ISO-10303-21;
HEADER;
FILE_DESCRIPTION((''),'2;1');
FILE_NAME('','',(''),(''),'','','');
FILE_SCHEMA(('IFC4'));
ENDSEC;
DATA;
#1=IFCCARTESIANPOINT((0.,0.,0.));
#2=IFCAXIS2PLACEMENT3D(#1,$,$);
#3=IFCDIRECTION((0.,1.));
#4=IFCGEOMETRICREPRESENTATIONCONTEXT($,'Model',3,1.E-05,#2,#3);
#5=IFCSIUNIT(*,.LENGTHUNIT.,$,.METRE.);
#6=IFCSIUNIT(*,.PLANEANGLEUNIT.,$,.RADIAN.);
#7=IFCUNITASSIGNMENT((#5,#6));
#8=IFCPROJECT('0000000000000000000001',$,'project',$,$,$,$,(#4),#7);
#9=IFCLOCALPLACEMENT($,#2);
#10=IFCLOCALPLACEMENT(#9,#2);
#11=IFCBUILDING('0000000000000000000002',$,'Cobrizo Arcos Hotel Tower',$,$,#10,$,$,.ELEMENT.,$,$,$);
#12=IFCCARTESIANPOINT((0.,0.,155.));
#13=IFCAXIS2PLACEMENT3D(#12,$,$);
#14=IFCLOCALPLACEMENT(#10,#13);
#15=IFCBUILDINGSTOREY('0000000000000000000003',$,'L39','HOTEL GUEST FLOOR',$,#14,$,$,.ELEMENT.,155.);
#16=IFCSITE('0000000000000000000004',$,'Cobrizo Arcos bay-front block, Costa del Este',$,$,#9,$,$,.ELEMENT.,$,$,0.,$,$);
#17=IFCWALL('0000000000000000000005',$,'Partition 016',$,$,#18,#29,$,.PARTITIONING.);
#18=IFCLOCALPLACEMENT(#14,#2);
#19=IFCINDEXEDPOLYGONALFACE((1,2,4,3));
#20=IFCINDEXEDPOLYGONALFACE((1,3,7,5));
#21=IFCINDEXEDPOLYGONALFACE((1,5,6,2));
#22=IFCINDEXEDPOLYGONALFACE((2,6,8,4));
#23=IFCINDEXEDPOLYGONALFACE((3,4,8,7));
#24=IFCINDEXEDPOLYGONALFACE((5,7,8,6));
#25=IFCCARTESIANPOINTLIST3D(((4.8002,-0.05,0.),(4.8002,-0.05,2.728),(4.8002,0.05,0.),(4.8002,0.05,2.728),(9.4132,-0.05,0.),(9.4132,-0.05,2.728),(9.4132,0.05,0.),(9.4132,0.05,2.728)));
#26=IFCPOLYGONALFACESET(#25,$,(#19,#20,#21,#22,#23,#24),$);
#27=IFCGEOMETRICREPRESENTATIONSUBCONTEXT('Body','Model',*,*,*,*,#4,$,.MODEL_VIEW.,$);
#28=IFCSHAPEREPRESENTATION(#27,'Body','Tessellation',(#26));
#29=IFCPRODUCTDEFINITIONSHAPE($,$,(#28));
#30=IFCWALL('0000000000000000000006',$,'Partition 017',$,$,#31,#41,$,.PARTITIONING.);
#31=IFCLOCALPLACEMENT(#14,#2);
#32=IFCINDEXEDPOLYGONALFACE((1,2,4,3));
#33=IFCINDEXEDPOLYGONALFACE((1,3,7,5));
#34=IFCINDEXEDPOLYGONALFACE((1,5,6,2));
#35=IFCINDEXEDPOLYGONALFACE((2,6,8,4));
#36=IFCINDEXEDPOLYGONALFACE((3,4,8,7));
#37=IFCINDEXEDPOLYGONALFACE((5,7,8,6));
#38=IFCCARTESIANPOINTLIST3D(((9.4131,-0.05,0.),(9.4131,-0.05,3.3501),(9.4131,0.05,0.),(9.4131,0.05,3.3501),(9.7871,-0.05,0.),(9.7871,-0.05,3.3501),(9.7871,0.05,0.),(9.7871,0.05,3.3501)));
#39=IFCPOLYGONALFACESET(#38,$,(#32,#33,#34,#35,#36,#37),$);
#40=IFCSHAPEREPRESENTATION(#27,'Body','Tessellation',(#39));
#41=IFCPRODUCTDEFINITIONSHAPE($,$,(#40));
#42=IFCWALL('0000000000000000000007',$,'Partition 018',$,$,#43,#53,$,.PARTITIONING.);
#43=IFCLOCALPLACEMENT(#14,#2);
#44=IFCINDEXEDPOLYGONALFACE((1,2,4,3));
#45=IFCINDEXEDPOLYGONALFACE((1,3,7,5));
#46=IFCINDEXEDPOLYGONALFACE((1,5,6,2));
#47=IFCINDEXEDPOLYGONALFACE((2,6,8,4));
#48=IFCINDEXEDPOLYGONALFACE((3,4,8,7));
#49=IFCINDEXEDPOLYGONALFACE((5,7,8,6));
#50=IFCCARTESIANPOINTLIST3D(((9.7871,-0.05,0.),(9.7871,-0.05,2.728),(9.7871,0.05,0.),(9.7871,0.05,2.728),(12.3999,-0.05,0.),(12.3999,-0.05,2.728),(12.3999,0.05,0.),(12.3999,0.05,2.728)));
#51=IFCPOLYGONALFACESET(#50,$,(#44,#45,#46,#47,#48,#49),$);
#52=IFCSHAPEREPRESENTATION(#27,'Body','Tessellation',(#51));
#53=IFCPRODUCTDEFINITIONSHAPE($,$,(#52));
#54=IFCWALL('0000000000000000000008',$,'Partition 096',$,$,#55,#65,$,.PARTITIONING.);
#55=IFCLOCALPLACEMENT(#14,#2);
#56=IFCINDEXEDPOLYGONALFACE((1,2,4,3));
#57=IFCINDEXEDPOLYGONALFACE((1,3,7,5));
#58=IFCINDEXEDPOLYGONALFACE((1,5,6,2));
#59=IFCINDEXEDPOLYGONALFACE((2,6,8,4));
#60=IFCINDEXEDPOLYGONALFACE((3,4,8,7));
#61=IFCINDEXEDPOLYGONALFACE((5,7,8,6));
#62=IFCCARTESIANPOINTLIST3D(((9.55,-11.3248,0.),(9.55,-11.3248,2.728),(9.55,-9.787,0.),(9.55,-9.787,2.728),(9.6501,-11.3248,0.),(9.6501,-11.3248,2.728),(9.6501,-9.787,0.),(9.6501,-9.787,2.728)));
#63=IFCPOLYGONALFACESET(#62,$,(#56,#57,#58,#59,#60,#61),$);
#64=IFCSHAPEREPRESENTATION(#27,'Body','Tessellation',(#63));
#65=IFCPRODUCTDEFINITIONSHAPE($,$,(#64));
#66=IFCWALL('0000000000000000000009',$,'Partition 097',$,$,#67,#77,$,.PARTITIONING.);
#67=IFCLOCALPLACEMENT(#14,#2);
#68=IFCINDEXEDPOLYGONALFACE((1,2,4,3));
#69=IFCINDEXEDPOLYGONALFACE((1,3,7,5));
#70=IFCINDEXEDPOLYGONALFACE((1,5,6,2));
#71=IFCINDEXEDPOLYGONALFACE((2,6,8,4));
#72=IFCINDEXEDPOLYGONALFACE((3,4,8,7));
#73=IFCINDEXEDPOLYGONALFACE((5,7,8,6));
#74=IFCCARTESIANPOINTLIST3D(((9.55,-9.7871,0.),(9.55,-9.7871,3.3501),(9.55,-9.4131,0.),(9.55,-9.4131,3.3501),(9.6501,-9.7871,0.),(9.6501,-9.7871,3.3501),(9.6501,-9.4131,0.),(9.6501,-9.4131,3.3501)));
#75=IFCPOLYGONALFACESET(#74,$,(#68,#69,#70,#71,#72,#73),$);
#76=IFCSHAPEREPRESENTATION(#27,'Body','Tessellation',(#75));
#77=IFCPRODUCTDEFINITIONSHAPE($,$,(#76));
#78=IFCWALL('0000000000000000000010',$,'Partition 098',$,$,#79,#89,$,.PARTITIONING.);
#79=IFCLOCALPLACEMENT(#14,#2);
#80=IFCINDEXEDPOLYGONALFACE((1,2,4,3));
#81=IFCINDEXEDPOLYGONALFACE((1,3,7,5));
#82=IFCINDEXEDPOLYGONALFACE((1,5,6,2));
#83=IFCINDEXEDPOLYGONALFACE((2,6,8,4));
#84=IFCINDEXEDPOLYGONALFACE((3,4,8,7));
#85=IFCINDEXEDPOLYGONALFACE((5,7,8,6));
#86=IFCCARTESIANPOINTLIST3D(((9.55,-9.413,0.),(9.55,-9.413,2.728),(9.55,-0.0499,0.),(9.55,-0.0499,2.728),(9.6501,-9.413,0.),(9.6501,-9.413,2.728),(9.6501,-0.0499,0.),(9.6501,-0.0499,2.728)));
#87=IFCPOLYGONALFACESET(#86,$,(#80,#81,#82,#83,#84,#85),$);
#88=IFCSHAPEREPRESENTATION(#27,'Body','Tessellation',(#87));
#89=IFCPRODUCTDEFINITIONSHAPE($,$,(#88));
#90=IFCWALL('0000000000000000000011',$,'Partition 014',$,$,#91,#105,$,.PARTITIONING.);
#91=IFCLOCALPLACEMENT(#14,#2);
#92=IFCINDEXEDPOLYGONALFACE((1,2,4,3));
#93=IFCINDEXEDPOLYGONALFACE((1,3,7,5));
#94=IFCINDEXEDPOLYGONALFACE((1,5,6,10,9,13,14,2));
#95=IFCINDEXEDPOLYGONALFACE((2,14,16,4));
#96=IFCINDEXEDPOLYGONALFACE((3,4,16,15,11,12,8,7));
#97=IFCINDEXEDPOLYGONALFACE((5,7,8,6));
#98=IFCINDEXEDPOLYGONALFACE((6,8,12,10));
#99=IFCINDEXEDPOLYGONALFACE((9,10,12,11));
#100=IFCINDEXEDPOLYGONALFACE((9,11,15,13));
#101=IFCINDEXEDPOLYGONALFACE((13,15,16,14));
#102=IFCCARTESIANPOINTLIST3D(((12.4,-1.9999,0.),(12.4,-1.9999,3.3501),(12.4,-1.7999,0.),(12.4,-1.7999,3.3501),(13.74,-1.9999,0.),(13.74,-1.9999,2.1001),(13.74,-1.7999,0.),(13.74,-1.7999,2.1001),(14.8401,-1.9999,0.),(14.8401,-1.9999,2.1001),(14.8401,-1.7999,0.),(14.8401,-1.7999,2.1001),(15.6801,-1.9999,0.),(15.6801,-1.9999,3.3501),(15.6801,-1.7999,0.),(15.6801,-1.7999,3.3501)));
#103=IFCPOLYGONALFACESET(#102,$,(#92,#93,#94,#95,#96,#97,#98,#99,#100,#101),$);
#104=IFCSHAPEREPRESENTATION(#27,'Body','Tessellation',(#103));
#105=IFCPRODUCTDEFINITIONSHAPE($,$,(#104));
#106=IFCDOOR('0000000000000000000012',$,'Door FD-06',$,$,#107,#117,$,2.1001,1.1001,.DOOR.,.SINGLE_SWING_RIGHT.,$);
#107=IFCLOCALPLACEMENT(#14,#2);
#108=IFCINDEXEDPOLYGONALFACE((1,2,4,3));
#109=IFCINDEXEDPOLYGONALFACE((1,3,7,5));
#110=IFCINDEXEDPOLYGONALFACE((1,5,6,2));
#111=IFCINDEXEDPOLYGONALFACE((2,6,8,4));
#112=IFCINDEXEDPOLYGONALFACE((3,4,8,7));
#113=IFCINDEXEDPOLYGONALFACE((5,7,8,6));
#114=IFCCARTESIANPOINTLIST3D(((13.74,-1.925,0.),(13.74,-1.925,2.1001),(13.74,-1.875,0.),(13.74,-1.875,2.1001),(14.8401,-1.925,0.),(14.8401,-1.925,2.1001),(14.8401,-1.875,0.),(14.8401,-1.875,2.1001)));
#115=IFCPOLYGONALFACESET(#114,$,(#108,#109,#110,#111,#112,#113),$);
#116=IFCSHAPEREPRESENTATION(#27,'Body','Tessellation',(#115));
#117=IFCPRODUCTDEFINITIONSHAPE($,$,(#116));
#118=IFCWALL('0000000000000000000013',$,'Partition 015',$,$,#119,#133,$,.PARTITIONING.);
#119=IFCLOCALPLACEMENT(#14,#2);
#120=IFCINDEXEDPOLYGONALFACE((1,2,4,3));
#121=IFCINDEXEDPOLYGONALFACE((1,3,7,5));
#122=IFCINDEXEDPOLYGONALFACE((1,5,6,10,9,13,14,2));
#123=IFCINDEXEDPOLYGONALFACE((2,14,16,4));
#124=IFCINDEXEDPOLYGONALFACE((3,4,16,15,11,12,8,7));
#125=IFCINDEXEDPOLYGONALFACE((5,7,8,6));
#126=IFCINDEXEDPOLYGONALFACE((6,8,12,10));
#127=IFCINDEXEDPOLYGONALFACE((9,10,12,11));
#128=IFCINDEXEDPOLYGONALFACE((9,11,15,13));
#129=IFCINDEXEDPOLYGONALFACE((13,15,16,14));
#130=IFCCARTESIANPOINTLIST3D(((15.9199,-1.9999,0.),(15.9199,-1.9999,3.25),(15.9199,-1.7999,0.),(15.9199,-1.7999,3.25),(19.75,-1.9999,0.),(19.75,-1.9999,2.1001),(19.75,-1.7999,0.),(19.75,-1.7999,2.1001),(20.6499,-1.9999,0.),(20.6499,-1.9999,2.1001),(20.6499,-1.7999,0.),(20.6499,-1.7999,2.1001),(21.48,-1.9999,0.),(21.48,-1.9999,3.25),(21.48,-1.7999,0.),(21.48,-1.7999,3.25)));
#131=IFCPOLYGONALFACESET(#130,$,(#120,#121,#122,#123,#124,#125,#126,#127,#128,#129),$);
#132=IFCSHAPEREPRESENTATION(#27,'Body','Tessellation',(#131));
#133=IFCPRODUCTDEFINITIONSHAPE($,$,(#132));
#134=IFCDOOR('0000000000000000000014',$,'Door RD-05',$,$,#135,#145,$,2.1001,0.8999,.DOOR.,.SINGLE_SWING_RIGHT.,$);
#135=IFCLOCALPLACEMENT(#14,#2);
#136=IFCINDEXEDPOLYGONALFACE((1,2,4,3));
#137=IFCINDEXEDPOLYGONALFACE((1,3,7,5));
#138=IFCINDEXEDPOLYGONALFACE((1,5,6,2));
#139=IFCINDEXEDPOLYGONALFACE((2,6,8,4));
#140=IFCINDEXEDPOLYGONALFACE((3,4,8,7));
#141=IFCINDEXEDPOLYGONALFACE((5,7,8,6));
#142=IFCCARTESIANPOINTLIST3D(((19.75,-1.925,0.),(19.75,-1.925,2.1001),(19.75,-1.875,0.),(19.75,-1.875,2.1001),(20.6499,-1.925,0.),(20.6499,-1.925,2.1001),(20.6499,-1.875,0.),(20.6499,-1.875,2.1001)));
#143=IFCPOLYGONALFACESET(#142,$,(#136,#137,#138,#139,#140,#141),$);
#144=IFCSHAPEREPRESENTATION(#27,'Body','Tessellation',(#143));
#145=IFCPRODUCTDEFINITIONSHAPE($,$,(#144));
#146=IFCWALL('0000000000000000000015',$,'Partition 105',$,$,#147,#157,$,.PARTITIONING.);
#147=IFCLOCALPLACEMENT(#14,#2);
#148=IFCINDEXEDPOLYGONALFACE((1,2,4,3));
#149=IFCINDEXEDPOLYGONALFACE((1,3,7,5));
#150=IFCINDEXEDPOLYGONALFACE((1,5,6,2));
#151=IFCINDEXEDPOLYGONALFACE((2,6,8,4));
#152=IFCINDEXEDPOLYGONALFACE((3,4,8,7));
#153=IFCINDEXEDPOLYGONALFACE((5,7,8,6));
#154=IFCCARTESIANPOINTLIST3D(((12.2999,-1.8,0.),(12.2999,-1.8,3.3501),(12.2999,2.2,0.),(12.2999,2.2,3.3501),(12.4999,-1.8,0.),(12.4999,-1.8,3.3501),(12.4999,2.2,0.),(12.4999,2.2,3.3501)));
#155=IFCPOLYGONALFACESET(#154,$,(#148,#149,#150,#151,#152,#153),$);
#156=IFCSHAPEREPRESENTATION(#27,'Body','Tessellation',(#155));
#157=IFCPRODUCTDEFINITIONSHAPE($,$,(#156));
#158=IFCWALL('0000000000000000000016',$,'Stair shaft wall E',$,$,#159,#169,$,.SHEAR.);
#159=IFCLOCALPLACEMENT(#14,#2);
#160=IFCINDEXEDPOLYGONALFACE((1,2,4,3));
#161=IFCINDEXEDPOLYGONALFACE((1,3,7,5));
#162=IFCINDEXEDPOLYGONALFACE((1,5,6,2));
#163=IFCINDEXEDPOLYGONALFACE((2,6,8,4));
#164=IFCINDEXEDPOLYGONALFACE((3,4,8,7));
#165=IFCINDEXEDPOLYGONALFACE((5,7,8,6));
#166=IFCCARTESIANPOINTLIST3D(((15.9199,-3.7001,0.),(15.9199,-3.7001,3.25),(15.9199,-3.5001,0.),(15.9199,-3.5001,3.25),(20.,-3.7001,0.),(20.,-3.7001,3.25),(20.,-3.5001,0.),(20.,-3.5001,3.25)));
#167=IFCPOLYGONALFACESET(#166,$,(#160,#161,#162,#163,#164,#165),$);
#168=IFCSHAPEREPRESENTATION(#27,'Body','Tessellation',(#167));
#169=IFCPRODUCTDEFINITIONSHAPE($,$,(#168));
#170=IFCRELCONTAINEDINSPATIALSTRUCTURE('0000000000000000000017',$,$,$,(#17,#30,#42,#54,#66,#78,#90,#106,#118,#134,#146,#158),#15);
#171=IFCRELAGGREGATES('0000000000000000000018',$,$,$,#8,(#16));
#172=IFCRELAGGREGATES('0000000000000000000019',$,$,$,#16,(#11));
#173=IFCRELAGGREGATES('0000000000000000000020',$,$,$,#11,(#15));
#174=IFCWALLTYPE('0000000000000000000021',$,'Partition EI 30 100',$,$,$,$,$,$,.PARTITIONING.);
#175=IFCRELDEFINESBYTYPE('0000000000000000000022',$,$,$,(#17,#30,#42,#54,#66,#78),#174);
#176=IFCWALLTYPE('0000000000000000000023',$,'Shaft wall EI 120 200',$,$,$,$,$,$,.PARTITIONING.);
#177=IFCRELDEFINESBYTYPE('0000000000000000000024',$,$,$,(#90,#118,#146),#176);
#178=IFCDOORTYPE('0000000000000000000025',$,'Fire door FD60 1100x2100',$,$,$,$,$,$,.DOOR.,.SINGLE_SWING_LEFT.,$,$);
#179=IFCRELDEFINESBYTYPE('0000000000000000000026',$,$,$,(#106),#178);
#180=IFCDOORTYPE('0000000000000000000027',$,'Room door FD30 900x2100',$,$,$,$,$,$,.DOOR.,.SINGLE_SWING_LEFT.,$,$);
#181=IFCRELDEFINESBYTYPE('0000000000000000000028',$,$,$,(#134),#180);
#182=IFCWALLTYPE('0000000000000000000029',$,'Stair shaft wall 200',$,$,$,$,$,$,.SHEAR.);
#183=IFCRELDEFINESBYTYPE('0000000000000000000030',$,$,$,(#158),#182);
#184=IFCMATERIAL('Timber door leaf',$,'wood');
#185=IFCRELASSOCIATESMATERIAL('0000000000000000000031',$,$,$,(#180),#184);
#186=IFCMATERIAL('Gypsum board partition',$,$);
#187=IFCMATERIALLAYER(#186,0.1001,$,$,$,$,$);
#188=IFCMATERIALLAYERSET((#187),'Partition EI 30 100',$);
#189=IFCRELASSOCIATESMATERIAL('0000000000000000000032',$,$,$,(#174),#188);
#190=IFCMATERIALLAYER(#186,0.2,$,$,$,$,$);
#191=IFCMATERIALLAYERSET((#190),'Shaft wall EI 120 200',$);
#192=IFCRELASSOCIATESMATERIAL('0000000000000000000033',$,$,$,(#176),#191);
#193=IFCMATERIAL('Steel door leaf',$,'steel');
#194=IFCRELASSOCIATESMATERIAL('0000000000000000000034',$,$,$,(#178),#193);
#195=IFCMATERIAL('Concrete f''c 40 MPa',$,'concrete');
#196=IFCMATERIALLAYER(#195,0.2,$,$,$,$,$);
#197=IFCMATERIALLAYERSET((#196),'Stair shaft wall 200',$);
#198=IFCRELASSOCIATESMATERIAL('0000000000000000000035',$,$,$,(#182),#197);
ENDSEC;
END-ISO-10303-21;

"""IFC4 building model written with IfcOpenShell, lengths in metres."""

from ifc_helpers import new_model, si_unit, direction, frame, frame_2d, origin, place, context, subcontext, project, spatial, rectangle, extrude, material, layer, layer_set, type_object, element, fill, save


model = new_model("IFC4")

# Units and contexts
model_context = context("Model", 3, precision=1e-05, world=origin(), true_north=direction((0.0, 1.0)))
body_context = subcontext(model_context, "Body", "Model", "MODEL_VIEW")
ifc_project = project(units=[si_unit("LENGTHUNIT", "METRE"), si_unit("PLANEANGLEUNIT", "RADIAN")], contexts=[model_context])

# Site, building, storey
site_placement = place(None, origin())
site = spatial("IfcSite", under=ifc_project, at=site_placement, Name="Cobrizo Arcos bay-front block, Costa del Este", CompositionType="ELEMENT", RefElevation=0.0)
building_placement = place(site_placement, origin())
building = spatial("IfcBuilding", under=site, at=building_placement, Name="Cobrizo Arcos Hotel Tower", CompositionType="ELEMENT")
storey_placement = place(building_placement, frame((0.0, 0.0, 155.0)))
storey = spatial("IfcBuildingStorey", under=building, at=storey_placement, Name="L39", Description="HOTEL GUEST FLOOR", CompositionType="ELEMENT", Elevation=155.0)

# Shared definitions
ifc_material_1 = material(Name="Gypsum board partition")

# Shared definitions
ifc_material_2 = material(Name="Timber door leaf", Category="wood")
door_type_1 = type_object("IfcDoorType", Name="Room door FD30 900x2100", OperationType="SINGLE_SWING_LEFT", PredefinedType="DOOR", material=ifc_material_2)

# Walls
ifc_layer_1 = layer(ifc_material_1, 0.1001)
ifc_layer_set_1 = layer_set([ifc_layer_1], Name="Partition EI 30 100")
wall_type_1 = type_object("IfcWallType", Name="Partition EI 30 100", PredefinedType="PARTITIONING", material=ifc_layer_set_1)
wall_1_placement = place(storey_placement, frame((4.8, 0.0, 0.0), z_axis=(0.0, 0.0, 1.0), x_axis=(1.0, 0.0, 0.0)))
element("IfcWall", 1, at=wall_1_placement, inside=storey, type_object=wall_type_1, Name="Partition 016", PredefinedType="PARTITIONING", context=body_context, shape_type="SweptSolid", body=[
    extrude(rectangle(XDim=4.613, YDim=0.1001, at=frame_2d((2.3066, 0.0))), origin(), (0.0, 0.0, 1.0), 2.728),
])
wall_2_placement = place(storey_placement, frame((9.4131, 0.0, 0.0), z_axis=(0.0, 0.0, 1.0), x_axis=(1.0, 0.0, 0.0)))
element("IfcWall", 2, at=wall_2_placement, inside=storey, type_object=wall_type_1, Name="Partition 017", PredefinedType="PARTITIONING", context=body_context, shape_type="SweptSolid", body=[
    extrude(rectangle(XDim=0.374, YDim=0.1001, at=frame_2d((0.187, 0.0))), origin(), (0.0, 0.0, 1.0), 3.3501),
])
wall_3_placement = place(storey_placement, frame((9.7871, 0.0, 0.0), z_axis=(0.0, 0.0, 1.0), x_axis=(1.0, 0.0, 0.0)))
element("IfcWall", 3, at=wall_3_placement, inside=storey, type_object=wall_type_1, Name="Partition 018", PredefinedType="PARTITIONING", context=body_context, shape_type="SweptSolid", body=[
    extrude(rectangle(XDim=2.6128, YDim=0.1001, at=frame_2d((1.3064, 0.0))), origin(), (0.0, 0.0, 1.0), 2.728),
])
wall_4_placement = place(storey_placement, frame((9.6001, -11.325, 0.0), z_axis=(0.0, 0.0, 1.0), x_axis=(0.0, 1.0, 0.0)))
element("IfcWall", 4, at=wall_4_placement, inside=storey, type_object=wall_type_1, Name="Partition 096", PredefinedType="PARTITIONING", context=body_context, shape_type="SweptSolid", body=[
    extrude(rectangle(XDim=1.5378, YDim=0.1001, at=frame_2d((0.769, 0.0))), origin(), (0.0, 0.0, 1.0), 2.728),
])
wall_5_placement = place(storey_placement, frame((9.6001, -9.7871, 0.0), z_axis=(0.0, 0.0, 1.0), x_axis=(0.0, 1.0, 0.0)))
element("IfcWall", 5, at=wall_5_placement, inside=storey, type_object=wall_type_1, Name="Partition 097", PredefinedType="PARTITIONING", context=body_context, shape_type="SweptSolid", body=[
    extrude(rectangle(XDim=0.374, YDim=0.1001, at=frame_2d((0.187, 0.0))), origin(), (0.0, 0.0, 1.0), 3.3501),
])
wall_6_placement = place(storey_placement, frame((9.6001, -9.4131, 0.0), z_axis=(0.0, 0.0, 1.0), x_axis=(0.0, 1.0, 0.0)))
element("IfcWall", 6, at=wall_6_placement, inside=storey, type_object=wall_type_1, Name="Partition 098", PredefinedType="PARTITIONING", context=body_context, shape_type="SweptSolid", body=[
    extrude(rectangle(XDim=9.363, YDim=0.1001, at=frame_2d((4.6816, 0.0))), origin(), (0.0, 0.0, 1.0), 2.728),
])

# Walls, openings, doors
ifc_layer_2 = layer(ifc_material_1, 0.2)
ifc_layer_set_2 = layer_set([ifc_layer_2], Name="Shaft wall EI 120 200")
wall_type_2 = type_object("IfcWallType", Name="Shaft wall EI 120 200", PredefinedType="PARTITIONING", material=ifc_layer_set_2)
wall_7_placement = place(storey_placement, frame((12.3999, -1.8999, 0.0), z_axis=(0.0, 0.0, 1.0), x_axis=(1.0, 0.0, 0.0)))
wall_7 = element("IfcWall", 7, at=wall_7_placement, inside=storey, type_object=wall_type_2, Name="Partition 014", PredefinedType="PARTITIONING", context=body_context, shape_type="SweptSolid", body=[
    extrude(rectangle(XDim=3.28, YDim=0.2, at=frame_2d((1.6401, 0.0))), origin(), (0.0, 0.0, 1.0), 3.3501),
])
opening_1_placement = place(wall_7_placement, frame((1.3401, 0.0, 0.0)))
opening_1 = element("IfcOpeningElement", 8, at=opening_1_placement, cuts=wall_7, PredefinedType="OPENING", context=body_context, shape_type="SweptSolid", body=[
    extrude(rectangle(XDim=1.1001, YDim=2.1001, at=frame_2d((0.55, 1.05))), frame((0.0, 0.1121, 0.0), z_axis=(0.0, -1.0, 0.0), x_axis=(1.0, 0.0, 0.0)), (0.0, 0.0, 1.0), 0.2239),
])
ifc_material_3 = material(Name="Steel door leaf", Category="steel")
door_type_2 = type_object("IfcDoorType", Name="Fire door FD60 1100x2100", OperationType="SINGLE_SWING_LEFT", PredefinedType="DOOR", material=ifc_material_3)
door_1_placement = place(opening_1_placement, origin())
door_1 = element("IfcDoor", 9, at=door_1_placement, inside=storey, type_object=door_type_2, Name="Door FD-06", OperationType="SINGLE_SWING_RIGHT", OverallHeight=2.1001, OverallWidth=1.1001, PredefinedType="DOOR", context=body_context, shape_type="SweptSolid", body=[
    extrude(rectangle(XDim=1.1001, YDim=2.1001, at=frame_2d((0.55, 1.05))), frame((0.0, 0.0249, 0.0), z_axis=(0.0, -1.0, 0.0), x_axis=(1.0, 0.0, 0.0)), (0.0, 0.0, 1.0), 0.05),
])
fill(opening_1, door_1)
wall_8_placement = place(storey_placement, frame((15.9199, -1.8999, 0.0), z_axis=(0.0, 0.0, 1.0), x_axis=(1.0, 0.0, 0.0)))
wall_8 = element("IfcWall", 10, at=wall_8_placement, inside=storey, type_object=wall_type_2, Name="Partition 015", PredefinedType="PARTITIONING", context=body_context, shape_type="SweptSolid", body=[
    extrude(rectangle(XDim=5.5601, YDim=0.2, at=frame_2d((2.78, 0.0))), origin(), (0.0, 0.0, 1.0), 3.25),
])
opening_2_placement = place(wall_8_placement, frame((3.8301, 0.0, 0.0)))
opening_2 = element("IfcOpeningElement", 11, at=opening_2_placement, cuts=wall_8, PredefinedType="OPENING", context=body_context, shape_type="SweptSolid", body=[
    extrude(rectangle(XDim=0.8999, YDim=2.1001, at=frame_2d((0.45, 1.05))), frame((0.0, 0.1121, 0.0), z_axis=(0.0, -1.0, 0.0), x_axis=(1.0, 0.0, 0.0)), (0.0, 0.0, 1.0), 0.2239),
])
door_2_placement = place(opening_2_placement, origin())
door_2 = element("IfcDoor", 12, at=door_2_placement, inside=storey, type_object=door_type_1, Name="Door RD-05", OperationType="SINGLE_SWING_RIGHT", OverallHeight=2.1001, OverallWidth=0.8999, PredefinedType="DOOR", context=body_context, shape_type="SweptSolid", body=[
    extrude(rectangle(XDim=0.8999, YDim=2.1001, at=frame_2d((0.45, 1.05))), frame((0.0, 0.0249, 0.0), z_axis=(0.0, -1.0, 0.0), x_axis=(1.0, 0.0, 0.0)), (0.0, 0.0, 1.0), 0.05),
])
fill(opening_2, door_2)

# Walls
wall_9_placement = place(storey_placement, frame((12.3999, -1.8, 0.0), z_axis=(0.0, 0.0, 1.0), x_axis=(0.0, 1.0, 0.0)))
element("IfcWall", 13, at=wall_9_placement, inside=storey, type_object=wall_type_2, Name="Partition 105", PredefinedType="PARTITIONING", context=body_context, shape_type="SweptSolid", body=[
    extrude(rectangle(XDim=4.0, YDim=0.2, at=frame_2d((2.0, 0.0))), origin(), (0.0, 0.0, 1.0), 3.3501),
])
ifc_material_4 = material(Name="Concrete f'c 40 MPa", Category="concrete")
ifc_layer_3 = layer(ifc_material_4, 0.2)
ifc_layer_set_3 = layer_set([ifc_layer_3], Name="Stair shaft wall 200")
wall_type_3 = type_object("IfcWallType", Name="Stair shaft wall 200", PredefinedType="SHEAR", material=ifc_layer_set_3)
wall_10_placement = place(storey_placement, frame((15.9199, -3.6001, 0.0), z_axis=(0.0, 0.0, 1.0), x_axis=(1.0, 0.0, 0.0)))
element("IfcWall", 14, at=wall_10_placement, inside=storey, type_object=wall_type_3, Name="Stair shaft wall E", PredefinedType="SHEAR", context=body_context, shape_type="SweptSolid", body=[
    extrude(rectangle(XDim=4.0801, YDim=0.2, at=frame_2d((2.04, 0.0))), origin(), (0.0, 0.0, 1.0), 3.25),
])

save(model, "model.ifc")
